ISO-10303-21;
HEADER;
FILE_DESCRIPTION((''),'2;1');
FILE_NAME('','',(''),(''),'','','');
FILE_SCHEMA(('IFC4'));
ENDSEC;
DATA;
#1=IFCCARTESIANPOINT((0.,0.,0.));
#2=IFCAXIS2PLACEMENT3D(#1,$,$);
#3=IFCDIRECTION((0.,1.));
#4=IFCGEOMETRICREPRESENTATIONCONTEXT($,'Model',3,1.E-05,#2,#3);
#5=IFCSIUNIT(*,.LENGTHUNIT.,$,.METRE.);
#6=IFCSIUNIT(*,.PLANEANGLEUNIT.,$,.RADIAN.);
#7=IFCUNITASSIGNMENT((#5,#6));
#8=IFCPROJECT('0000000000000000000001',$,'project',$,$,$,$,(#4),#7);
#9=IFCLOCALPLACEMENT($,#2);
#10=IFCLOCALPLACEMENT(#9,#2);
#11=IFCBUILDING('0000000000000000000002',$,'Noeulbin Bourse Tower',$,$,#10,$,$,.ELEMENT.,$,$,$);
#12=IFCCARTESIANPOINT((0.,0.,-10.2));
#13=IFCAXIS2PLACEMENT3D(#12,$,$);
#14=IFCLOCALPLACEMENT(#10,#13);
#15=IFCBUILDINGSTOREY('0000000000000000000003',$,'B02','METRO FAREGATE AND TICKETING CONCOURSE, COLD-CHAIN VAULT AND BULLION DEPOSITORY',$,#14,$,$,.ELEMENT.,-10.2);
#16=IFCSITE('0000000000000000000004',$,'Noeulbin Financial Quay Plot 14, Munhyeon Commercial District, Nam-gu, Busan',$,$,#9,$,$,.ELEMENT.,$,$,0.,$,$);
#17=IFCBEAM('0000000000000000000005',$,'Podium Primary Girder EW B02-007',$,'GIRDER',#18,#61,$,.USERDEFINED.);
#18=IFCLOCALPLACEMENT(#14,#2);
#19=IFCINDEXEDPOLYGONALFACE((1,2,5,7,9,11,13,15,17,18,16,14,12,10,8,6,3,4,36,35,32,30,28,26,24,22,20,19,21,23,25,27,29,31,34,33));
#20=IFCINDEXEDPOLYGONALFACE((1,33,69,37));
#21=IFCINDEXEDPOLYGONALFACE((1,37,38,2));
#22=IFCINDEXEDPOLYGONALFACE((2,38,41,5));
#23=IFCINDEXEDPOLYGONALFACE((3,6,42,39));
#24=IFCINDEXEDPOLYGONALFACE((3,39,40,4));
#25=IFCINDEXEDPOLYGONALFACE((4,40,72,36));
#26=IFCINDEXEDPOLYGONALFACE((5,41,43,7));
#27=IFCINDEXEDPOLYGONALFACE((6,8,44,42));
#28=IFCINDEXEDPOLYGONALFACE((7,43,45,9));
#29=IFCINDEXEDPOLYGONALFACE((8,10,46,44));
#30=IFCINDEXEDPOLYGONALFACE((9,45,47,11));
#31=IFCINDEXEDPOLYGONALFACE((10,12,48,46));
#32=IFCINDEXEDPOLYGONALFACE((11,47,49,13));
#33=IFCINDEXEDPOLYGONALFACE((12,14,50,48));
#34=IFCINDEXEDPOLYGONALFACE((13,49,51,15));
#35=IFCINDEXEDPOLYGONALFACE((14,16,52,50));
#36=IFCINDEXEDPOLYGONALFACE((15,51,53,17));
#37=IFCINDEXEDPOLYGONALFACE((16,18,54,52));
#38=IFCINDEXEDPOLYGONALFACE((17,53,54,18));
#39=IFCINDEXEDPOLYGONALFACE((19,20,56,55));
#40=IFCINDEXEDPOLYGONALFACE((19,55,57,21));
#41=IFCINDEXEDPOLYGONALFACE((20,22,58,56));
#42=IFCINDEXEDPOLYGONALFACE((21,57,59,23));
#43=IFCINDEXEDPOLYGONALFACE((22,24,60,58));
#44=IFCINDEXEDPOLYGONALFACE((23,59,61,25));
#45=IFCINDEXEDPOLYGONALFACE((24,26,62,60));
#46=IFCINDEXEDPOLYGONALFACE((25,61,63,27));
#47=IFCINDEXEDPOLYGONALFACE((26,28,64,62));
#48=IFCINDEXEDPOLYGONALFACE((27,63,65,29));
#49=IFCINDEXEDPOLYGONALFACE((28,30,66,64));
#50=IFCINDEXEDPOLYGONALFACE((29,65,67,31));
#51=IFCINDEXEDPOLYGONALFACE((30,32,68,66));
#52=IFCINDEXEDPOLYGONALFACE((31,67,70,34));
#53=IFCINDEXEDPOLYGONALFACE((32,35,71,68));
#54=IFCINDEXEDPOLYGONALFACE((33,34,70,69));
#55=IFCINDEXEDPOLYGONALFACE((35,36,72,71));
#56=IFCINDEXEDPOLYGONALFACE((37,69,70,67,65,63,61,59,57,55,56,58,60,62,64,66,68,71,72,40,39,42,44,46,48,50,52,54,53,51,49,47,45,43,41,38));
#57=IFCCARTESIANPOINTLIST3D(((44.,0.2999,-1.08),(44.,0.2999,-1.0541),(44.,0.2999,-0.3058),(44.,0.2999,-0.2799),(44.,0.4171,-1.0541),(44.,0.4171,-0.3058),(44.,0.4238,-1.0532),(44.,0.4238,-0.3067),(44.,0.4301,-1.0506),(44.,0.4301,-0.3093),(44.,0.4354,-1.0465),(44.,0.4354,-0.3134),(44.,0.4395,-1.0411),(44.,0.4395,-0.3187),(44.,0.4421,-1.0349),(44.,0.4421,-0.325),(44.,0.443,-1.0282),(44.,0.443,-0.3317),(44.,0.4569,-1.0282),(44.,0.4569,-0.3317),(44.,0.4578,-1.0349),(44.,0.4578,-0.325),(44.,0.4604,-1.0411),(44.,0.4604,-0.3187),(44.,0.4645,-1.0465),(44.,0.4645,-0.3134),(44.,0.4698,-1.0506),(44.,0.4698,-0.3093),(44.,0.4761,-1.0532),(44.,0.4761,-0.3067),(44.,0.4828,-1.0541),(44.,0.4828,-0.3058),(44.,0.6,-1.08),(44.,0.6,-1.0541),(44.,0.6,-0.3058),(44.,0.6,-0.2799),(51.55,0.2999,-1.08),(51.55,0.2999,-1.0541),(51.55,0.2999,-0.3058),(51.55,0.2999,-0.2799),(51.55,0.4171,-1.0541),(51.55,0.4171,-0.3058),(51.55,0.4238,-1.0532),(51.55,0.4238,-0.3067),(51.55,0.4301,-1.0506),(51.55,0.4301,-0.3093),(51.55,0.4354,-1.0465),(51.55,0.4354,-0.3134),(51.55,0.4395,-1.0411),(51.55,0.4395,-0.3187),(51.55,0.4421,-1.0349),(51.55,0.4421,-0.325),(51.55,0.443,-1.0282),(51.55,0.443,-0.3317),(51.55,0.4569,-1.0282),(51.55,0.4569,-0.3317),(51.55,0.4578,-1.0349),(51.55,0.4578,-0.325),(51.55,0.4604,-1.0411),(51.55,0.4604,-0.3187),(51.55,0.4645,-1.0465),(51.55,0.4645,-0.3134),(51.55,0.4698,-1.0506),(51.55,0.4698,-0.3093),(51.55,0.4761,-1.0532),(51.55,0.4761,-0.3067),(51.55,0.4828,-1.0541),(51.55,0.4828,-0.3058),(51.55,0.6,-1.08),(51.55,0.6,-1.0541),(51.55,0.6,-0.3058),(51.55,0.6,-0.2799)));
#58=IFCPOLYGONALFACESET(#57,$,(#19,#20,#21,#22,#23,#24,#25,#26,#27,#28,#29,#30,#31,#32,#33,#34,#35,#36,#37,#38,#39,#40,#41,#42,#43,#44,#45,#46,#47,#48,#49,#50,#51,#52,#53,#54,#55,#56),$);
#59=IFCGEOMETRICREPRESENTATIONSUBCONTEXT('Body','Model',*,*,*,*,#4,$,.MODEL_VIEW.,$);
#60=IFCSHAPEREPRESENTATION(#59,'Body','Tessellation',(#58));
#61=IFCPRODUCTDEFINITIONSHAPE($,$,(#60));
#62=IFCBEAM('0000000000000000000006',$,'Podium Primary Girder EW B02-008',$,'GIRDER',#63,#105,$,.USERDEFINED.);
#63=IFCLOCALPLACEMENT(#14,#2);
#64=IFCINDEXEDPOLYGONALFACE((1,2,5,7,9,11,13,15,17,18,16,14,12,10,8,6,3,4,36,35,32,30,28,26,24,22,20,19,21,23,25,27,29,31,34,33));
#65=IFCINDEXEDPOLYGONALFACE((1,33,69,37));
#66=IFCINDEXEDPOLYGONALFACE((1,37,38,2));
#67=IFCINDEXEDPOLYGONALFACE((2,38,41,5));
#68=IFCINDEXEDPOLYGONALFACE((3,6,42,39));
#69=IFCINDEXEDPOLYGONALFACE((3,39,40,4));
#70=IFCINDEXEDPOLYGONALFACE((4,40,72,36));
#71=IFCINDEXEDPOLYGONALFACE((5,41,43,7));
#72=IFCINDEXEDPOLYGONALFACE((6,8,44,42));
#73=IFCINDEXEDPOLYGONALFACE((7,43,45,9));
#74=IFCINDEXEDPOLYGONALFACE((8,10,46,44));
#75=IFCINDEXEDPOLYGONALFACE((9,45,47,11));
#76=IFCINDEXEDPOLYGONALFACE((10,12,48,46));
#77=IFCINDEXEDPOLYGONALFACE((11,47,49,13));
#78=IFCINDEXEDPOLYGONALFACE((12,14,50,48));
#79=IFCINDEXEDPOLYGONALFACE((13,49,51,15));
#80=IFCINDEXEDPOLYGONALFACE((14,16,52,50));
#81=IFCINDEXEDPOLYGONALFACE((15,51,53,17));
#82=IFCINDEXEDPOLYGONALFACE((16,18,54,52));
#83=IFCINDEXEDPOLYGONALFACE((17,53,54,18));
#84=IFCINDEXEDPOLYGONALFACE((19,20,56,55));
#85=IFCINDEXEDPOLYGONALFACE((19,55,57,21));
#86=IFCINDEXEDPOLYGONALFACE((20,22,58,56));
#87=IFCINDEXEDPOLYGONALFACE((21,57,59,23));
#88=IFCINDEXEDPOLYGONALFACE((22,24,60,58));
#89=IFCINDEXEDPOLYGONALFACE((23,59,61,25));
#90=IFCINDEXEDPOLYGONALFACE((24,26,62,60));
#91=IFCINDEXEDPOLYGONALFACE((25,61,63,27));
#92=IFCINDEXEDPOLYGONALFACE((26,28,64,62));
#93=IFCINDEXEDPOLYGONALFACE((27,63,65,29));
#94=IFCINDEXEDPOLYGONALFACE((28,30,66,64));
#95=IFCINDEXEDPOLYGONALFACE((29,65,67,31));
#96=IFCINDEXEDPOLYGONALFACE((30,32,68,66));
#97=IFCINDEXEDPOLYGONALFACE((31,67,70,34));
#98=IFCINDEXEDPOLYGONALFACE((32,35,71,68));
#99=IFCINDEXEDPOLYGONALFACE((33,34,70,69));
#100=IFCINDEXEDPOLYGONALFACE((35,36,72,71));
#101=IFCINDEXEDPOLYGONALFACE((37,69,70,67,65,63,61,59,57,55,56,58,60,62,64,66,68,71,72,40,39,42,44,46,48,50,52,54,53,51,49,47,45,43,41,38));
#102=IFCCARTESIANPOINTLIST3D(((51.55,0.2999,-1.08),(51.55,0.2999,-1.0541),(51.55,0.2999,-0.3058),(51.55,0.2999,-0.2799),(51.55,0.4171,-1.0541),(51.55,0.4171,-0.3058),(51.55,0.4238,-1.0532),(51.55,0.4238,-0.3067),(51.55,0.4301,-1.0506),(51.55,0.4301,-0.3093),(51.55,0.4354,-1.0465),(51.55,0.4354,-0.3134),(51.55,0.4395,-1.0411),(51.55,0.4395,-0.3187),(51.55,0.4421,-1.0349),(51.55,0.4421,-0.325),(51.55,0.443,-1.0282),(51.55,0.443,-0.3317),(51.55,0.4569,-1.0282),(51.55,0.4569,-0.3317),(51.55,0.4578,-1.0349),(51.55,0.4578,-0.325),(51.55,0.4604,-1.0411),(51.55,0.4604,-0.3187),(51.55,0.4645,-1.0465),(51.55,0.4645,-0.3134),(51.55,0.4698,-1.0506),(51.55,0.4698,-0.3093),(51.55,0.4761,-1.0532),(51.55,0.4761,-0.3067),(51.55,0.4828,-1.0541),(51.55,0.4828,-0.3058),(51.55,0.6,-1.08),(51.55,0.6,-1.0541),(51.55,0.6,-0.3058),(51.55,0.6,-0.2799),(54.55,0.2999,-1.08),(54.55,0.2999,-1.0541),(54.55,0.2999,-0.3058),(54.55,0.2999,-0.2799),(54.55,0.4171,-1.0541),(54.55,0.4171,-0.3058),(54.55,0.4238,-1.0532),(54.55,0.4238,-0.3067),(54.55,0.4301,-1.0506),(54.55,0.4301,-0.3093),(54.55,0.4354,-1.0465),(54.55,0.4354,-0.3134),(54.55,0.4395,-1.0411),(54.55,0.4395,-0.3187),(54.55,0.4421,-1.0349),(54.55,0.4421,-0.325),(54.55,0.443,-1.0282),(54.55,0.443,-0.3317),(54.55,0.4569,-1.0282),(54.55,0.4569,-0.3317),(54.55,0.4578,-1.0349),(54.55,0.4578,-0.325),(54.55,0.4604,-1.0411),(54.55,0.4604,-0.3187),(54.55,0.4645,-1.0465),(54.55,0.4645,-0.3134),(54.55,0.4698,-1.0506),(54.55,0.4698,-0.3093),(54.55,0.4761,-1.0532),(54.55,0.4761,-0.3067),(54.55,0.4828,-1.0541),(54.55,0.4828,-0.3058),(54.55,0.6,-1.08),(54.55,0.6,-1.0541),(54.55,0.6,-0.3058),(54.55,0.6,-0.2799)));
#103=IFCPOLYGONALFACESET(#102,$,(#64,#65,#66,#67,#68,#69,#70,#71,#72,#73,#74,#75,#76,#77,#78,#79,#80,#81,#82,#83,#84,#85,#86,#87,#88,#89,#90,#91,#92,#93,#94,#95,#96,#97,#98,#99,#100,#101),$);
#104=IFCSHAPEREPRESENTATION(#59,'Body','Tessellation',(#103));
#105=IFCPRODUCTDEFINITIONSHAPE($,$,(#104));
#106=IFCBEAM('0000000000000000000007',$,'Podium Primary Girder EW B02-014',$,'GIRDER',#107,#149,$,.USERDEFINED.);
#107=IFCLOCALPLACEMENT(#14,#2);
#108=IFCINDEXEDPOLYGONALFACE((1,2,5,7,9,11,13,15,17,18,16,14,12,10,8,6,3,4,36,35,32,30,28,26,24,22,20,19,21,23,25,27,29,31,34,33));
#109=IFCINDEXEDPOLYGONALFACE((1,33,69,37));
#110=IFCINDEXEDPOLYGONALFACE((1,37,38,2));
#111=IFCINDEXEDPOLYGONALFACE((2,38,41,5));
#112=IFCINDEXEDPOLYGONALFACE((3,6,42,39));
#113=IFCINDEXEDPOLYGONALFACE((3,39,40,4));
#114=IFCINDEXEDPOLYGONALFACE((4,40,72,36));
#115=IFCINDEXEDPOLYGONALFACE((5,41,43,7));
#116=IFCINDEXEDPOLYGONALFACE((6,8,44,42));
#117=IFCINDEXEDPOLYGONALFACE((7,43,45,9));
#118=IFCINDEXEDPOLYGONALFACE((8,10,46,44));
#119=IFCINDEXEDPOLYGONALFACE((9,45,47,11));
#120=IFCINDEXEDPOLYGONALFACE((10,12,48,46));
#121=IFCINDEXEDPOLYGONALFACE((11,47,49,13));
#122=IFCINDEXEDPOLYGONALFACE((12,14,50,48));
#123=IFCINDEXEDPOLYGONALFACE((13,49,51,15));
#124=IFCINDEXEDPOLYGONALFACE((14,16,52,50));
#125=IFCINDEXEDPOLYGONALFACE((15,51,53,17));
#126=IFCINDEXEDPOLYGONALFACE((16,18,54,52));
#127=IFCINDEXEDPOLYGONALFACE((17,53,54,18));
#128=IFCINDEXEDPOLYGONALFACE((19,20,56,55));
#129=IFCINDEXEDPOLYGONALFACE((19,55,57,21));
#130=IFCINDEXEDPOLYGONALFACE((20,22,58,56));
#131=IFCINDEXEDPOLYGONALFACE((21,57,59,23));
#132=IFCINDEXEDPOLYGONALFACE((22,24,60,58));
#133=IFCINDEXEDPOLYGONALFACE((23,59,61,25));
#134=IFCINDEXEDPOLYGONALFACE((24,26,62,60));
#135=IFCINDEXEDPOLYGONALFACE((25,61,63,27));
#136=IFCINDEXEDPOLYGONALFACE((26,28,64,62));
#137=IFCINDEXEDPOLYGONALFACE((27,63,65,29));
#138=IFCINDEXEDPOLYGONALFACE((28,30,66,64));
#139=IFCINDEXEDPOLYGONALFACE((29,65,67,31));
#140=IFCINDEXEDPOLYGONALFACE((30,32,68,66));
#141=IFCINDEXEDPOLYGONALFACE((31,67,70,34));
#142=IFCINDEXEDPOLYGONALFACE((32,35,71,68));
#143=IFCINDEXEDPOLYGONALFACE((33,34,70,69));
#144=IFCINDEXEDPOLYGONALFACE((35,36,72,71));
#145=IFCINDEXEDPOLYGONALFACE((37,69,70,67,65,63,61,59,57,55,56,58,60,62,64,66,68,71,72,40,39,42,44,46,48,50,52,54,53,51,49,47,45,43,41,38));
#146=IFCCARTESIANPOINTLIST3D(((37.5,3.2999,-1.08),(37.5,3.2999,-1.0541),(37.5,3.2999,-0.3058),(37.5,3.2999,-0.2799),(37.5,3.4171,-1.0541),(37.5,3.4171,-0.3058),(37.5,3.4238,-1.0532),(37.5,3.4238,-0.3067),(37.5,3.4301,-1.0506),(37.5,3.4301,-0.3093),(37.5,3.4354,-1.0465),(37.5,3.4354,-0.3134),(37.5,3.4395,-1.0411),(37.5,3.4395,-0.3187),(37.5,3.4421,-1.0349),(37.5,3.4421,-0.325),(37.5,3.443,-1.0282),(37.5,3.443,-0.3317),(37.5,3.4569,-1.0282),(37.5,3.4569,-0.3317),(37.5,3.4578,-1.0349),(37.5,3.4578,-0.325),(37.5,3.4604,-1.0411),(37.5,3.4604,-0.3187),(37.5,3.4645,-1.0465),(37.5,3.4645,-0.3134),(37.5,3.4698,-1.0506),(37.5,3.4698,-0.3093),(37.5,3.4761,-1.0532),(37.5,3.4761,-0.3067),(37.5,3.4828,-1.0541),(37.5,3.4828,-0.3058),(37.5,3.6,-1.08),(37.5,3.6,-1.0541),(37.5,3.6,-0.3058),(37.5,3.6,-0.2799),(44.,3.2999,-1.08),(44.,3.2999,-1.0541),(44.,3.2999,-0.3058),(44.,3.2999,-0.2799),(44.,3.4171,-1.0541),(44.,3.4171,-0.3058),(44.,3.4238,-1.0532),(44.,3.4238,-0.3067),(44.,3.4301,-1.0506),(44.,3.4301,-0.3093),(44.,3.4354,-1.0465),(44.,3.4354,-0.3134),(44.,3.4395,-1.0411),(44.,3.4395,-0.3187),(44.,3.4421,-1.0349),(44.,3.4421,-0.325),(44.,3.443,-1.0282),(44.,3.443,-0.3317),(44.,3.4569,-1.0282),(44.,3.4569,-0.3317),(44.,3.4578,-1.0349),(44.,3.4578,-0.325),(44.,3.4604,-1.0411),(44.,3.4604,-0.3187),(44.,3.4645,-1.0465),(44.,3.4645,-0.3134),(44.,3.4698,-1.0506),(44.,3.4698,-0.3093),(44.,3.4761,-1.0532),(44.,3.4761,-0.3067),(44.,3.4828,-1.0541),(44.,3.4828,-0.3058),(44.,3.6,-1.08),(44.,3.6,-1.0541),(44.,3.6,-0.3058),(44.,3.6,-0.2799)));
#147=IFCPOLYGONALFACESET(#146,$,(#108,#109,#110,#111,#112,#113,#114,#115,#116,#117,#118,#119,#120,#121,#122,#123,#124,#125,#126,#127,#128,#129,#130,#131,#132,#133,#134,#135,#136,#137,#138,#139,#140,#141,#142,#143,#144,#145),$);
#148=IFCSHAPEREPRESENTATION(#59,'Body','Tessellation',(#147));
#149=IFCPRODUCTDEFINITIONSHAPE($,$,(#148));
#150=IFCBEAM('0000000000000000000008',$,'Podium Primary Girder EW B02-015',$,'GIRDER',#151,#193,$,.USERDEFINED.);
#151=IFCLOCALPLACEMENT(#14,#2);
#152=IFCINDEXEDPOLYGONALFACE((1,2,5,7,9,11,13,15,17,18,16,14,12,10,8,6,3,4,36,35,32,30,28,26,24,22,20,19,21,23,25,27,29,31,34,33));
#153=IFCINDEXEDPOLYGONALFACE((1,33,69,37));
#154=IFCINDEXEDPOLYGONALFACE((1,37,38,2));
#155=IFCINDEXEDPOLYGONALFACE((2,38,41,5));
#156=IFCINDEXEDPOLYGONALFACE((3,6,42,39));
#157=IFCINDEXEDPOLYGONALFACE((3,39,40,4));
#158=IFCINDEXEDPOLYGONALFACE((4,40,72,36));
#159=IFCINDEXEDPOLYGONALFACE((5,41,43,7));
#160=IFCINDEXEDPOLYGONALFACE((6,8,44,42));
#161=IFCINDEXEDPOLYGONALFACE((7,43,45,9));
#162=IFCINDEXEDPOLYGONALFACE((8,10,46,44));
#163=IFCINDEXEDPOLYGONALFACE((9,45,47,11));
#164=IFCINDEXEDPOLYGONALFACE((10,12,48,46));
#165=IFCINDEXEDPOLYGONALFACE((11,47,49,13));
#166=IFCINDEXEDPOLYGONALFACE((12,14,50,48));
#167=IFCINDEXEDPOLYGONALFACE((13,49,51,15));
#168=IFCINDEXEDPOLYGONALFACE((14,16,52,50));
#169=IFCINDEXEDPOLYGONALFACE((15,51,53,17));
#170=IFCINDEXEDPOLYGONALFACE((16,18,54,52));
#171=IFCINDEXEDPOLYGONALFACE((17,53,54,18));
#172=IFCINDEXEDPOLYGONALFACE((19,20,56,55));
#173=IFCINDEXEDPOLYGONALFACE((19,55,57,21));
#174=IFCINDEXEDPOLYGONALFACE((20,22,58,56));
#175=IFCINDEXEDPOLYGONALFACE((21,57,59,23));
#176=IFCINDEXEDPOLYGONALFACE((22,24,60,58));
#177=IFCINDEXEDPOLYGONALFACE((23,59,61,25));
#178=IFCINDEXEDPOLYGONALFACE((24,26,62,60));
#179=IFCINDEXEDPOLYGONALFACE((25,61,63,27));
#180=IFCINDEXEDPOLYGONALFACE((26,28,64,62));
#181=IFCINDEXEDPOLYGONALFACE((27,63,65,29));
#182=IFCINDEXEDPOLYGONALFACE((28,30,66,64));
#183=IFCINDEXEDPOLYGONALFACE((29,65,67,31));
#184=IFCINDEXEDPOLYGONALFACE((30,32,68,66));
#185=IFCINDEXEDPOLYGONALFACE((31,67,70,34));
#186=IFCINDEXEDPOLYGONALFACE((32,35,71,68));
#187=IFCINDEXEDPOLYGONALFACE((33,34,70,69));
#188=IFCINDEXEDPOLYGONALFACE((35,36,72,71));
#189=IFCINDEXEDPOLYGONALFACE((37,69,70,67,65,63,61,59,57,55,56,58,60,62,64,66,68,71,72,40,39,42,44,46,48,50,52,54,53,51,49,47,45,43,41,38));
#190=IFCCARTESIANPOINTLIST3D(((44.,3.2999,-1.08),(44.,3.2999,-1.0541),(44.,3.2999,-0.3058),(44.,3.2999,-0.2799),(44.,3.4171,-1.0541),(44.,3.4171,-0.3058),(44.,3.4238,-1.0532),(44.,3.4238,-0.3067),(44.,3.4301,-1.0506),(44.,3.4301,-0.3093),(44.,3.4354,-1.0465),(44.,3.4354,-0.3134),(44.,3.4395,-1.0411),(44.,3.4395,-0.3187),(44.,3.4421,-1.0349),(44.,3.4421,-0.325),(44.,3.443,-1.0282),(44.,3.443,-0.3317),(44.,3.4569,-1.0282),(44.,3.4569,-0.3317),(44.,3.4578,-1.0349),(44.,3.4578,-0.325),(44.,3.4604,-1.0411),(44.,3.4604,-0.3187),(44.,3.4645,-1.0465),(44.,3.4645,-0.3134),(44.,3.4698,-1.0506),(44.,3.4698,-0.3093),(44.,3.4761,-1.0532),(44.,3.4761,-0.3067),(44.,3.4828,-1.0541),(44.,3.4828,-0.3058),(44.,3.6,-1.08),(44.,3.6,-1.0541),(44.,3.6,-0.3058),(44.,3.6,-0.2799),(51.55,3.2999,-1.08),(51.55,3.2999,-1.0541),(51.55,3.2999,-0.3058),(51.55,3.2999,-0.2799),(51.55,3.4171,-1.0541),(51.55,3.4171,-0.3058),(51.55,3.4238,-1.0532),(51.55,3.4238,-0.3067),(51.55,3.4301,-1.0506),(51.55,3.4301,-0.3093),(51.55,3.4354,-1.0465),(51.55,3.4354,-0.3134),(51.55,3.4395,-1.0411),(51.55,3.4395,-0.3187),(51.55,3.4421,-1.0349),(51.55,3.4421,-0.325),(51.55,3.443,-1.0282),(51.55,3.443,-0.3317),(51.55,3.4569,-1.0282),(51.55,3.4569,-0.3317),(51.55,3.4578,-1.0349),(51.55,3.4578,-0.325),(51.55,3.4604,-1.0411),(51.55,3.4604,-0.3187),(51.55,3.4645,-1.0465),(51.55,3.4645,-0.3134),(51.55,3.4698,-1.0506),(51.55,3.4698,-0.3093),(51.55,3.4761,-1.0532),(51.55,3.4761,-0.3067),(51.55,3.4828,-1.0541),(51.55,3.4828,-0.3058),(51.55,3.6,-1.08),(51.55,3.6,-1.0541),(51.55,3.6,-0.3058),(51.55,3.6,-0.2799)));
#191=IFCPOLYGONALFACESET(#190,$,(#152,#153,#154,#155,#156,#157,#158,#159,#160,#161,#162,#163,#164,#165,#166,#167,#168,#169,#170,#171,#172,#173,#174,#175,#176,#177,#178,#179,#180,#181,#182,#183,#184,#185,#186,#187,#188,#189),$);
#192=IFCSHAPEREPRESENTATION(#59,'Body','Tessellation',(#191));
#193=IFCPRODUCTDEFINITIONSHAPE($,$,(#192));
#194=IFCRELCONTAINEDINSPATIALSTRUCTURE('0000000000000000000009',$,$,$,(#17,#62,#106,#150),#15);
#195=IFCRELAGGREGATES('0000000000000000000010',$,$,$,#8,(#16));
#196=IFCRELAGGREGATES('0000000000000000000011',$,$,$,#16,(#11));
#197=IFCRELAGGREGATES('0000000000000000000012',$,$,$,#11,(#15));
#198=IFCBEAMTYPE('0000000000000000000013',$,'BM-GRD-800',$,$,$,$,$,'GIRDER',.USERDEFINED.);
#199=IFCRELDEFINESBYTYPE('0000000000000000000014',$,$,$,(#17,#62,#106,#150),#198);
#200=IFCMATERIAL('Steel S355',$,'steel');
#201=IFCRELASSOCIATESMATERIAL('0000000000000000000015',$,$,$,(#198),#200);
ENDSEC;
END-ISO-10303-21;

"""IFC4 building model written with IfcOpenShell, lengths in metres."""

from ifc_helpers import new_model, si_unit, direction, frame, origin, origin_2d, place, context, subcontext, project, spatial, i_section, extrude, material, material_profile, profile_set, type_object, element, save


model = new_model("IFC4")

# Units and contexts
model_context = context("Model", 3, precision=1e-05, world=origin(), true_north=direction((0.0, 1.0)))
body_context = subcontext(model_context, "Body", "Model", "MODEL_VIEW")
ifc_project = project(units=[si_unit("LENGTHUNIT", "METRE"), si_unit("PLANEANGLEUNIT", "RADIAN")], contexts=[model_context])

# Site, building, storey
site_placement = place(None, origin())
site = spatial("IfcSite", under=ifc_project, at=site_placement, Name="Noeulbin Financial Quay Plot 14, Munhyeon Commercial District, Nam-gu, Busan", CompositionType="ELEMENT", RefElevation=0.0)
building_placement = place(site_placement, origin())
building = spatial("IfcBuilding", under=site, at=building_placement, Name="Noeulbin Bourse Tower", CompositionType="ELEMENT")
storey_placement = place(building_placement, frame((0.0, 0.0, -10.2)))
storey = spatial("IfcBuildingStorey", under=building, at=storey_placement, Name="B02", Description="METRO FAREGATE AND TICKETING CONCOURSE, COLD-CHAIN VAULT AND BULLION DEPOSITORY", CompositionType="ELEMENT", Elevation=-10.2)

# Beams
ifc_material_1 = material(Name="Steel S355", Category="steel")
ifc_material_profile_1 = material_profile(ifc_material_1, i_section(OverallWidth=0.3, OverallDepth=0.8, WebThickness=0.0139, FlangeThickness=0.0259, FilletRadius=0.0259, at=origin_2d()), Name="H-800x300x14x26", Category="LoadBearing")
ifc_profile_set_1 = profile_set([ifc_material_profile_1], Name="Steel S355")
beam_type_1 = type_object("IfcBeamType", Name="BM-GRD-800", ElementType="GIRDER", PredefinedType="USERDEFINED", material=ifc_profile_set_1)
beam_1_placement = place(storey_placement, frame((44.0, 0.45, -0.6799), z_axis=(1.0, 0.0, 0.0), x_axis=(0.0, 1.0, 0.0)))
element("IfcBeam", 1, at=beam_1_placement, inside=storey, type_object=beam_type_1, Name="Podium Primary Girder EW B02-007", ObjectType="GIRDER", PredefinedType="USERDEFINED", context=body_context, shape_type="SweptSolid", body=[
    extrude(i_section(OverallWidth=0.3, OverallDepth=0.8, WebThickness=0.0139, FlangeThickness=0.0259, FilletRadius=0.0259, at=origin_2d()), origin(), (0.0, 0.0, 1.0), 7.55),
])
beam_2_placement = place(storey_placement, frame((51.55, 0.45, -0.6799), z_axis=(1.0, 0.0, 0.0), x_axis=(0.0, 1.0, 0.0)))
element("IfcBeam", 2, at=beam_2_placement, inside=storey, type_object=beam_type_1, Name="Podium Primary Girder EW B02-008", ObjectType="GIRDER", PredefinedType="USERDEFINED", context=body_context, shape_type="SweptSolid", body=[
    extrude(i_section(OverallWidth=0.3, OverallDepth=0.8, WebThickness=0.0139, FlangeThickness=0.0259, FilletRadius=0.0259, at=origin_2d()), origin(), (0.0, 0.0, 1.0), 3.0),
])
beam_3_placement = place(storey_placement, frame((37.5, 3.45, -0.6799), z_axis=(1.0, 0.0, 0.0), x_axis=(0.0, 1.0, 0.0)))
element("IfcBeam", 3, at=beam_3_placement, inside=storey, type_object=beam_type_1, Name="Podium Primary Girder EW B02-014", ObjectType="GIRDER", PredefinedType="USERDEFINED", context=body_context, shape_type="SweptSolid", body=[
    extrude(i_section(OverallWidth=0.3, OverallDepth=0.8, WebThickness=0.0139, FlangeThickness=0.0259, FilletRadius=0.0259, at=origin_2d()), origin(), (0.0, 0.0, 1.0), 6.5),
])
beam_4_placement = place(storey_placement, frame((44.0, 3.45, -0.6799), z_axis=(1.0, 0.0, 0.0), x_axis=(0.0, 1.0, 0.0)))
element("IfcBeam", 4, at=beam_4_placement, inside=storey, type_object=beam_type_1, Name="Podium Primary Girder EW B02-015", ObjectType="GIRDER", PredefinedType="USERDEFINED", context=body_context, shape_type="SweptSolid", body=[
    extrude(i_section(OverallWidth=0.3, OverallDepth=0.8, WebThickness=0.0139, FlangeThickness=0.0259, FilletRadius=0.0259, at=origin_2d()), origin(), (0.0, 0.0, 1.0), 7.55),
])

save(model, "model.ifc")
